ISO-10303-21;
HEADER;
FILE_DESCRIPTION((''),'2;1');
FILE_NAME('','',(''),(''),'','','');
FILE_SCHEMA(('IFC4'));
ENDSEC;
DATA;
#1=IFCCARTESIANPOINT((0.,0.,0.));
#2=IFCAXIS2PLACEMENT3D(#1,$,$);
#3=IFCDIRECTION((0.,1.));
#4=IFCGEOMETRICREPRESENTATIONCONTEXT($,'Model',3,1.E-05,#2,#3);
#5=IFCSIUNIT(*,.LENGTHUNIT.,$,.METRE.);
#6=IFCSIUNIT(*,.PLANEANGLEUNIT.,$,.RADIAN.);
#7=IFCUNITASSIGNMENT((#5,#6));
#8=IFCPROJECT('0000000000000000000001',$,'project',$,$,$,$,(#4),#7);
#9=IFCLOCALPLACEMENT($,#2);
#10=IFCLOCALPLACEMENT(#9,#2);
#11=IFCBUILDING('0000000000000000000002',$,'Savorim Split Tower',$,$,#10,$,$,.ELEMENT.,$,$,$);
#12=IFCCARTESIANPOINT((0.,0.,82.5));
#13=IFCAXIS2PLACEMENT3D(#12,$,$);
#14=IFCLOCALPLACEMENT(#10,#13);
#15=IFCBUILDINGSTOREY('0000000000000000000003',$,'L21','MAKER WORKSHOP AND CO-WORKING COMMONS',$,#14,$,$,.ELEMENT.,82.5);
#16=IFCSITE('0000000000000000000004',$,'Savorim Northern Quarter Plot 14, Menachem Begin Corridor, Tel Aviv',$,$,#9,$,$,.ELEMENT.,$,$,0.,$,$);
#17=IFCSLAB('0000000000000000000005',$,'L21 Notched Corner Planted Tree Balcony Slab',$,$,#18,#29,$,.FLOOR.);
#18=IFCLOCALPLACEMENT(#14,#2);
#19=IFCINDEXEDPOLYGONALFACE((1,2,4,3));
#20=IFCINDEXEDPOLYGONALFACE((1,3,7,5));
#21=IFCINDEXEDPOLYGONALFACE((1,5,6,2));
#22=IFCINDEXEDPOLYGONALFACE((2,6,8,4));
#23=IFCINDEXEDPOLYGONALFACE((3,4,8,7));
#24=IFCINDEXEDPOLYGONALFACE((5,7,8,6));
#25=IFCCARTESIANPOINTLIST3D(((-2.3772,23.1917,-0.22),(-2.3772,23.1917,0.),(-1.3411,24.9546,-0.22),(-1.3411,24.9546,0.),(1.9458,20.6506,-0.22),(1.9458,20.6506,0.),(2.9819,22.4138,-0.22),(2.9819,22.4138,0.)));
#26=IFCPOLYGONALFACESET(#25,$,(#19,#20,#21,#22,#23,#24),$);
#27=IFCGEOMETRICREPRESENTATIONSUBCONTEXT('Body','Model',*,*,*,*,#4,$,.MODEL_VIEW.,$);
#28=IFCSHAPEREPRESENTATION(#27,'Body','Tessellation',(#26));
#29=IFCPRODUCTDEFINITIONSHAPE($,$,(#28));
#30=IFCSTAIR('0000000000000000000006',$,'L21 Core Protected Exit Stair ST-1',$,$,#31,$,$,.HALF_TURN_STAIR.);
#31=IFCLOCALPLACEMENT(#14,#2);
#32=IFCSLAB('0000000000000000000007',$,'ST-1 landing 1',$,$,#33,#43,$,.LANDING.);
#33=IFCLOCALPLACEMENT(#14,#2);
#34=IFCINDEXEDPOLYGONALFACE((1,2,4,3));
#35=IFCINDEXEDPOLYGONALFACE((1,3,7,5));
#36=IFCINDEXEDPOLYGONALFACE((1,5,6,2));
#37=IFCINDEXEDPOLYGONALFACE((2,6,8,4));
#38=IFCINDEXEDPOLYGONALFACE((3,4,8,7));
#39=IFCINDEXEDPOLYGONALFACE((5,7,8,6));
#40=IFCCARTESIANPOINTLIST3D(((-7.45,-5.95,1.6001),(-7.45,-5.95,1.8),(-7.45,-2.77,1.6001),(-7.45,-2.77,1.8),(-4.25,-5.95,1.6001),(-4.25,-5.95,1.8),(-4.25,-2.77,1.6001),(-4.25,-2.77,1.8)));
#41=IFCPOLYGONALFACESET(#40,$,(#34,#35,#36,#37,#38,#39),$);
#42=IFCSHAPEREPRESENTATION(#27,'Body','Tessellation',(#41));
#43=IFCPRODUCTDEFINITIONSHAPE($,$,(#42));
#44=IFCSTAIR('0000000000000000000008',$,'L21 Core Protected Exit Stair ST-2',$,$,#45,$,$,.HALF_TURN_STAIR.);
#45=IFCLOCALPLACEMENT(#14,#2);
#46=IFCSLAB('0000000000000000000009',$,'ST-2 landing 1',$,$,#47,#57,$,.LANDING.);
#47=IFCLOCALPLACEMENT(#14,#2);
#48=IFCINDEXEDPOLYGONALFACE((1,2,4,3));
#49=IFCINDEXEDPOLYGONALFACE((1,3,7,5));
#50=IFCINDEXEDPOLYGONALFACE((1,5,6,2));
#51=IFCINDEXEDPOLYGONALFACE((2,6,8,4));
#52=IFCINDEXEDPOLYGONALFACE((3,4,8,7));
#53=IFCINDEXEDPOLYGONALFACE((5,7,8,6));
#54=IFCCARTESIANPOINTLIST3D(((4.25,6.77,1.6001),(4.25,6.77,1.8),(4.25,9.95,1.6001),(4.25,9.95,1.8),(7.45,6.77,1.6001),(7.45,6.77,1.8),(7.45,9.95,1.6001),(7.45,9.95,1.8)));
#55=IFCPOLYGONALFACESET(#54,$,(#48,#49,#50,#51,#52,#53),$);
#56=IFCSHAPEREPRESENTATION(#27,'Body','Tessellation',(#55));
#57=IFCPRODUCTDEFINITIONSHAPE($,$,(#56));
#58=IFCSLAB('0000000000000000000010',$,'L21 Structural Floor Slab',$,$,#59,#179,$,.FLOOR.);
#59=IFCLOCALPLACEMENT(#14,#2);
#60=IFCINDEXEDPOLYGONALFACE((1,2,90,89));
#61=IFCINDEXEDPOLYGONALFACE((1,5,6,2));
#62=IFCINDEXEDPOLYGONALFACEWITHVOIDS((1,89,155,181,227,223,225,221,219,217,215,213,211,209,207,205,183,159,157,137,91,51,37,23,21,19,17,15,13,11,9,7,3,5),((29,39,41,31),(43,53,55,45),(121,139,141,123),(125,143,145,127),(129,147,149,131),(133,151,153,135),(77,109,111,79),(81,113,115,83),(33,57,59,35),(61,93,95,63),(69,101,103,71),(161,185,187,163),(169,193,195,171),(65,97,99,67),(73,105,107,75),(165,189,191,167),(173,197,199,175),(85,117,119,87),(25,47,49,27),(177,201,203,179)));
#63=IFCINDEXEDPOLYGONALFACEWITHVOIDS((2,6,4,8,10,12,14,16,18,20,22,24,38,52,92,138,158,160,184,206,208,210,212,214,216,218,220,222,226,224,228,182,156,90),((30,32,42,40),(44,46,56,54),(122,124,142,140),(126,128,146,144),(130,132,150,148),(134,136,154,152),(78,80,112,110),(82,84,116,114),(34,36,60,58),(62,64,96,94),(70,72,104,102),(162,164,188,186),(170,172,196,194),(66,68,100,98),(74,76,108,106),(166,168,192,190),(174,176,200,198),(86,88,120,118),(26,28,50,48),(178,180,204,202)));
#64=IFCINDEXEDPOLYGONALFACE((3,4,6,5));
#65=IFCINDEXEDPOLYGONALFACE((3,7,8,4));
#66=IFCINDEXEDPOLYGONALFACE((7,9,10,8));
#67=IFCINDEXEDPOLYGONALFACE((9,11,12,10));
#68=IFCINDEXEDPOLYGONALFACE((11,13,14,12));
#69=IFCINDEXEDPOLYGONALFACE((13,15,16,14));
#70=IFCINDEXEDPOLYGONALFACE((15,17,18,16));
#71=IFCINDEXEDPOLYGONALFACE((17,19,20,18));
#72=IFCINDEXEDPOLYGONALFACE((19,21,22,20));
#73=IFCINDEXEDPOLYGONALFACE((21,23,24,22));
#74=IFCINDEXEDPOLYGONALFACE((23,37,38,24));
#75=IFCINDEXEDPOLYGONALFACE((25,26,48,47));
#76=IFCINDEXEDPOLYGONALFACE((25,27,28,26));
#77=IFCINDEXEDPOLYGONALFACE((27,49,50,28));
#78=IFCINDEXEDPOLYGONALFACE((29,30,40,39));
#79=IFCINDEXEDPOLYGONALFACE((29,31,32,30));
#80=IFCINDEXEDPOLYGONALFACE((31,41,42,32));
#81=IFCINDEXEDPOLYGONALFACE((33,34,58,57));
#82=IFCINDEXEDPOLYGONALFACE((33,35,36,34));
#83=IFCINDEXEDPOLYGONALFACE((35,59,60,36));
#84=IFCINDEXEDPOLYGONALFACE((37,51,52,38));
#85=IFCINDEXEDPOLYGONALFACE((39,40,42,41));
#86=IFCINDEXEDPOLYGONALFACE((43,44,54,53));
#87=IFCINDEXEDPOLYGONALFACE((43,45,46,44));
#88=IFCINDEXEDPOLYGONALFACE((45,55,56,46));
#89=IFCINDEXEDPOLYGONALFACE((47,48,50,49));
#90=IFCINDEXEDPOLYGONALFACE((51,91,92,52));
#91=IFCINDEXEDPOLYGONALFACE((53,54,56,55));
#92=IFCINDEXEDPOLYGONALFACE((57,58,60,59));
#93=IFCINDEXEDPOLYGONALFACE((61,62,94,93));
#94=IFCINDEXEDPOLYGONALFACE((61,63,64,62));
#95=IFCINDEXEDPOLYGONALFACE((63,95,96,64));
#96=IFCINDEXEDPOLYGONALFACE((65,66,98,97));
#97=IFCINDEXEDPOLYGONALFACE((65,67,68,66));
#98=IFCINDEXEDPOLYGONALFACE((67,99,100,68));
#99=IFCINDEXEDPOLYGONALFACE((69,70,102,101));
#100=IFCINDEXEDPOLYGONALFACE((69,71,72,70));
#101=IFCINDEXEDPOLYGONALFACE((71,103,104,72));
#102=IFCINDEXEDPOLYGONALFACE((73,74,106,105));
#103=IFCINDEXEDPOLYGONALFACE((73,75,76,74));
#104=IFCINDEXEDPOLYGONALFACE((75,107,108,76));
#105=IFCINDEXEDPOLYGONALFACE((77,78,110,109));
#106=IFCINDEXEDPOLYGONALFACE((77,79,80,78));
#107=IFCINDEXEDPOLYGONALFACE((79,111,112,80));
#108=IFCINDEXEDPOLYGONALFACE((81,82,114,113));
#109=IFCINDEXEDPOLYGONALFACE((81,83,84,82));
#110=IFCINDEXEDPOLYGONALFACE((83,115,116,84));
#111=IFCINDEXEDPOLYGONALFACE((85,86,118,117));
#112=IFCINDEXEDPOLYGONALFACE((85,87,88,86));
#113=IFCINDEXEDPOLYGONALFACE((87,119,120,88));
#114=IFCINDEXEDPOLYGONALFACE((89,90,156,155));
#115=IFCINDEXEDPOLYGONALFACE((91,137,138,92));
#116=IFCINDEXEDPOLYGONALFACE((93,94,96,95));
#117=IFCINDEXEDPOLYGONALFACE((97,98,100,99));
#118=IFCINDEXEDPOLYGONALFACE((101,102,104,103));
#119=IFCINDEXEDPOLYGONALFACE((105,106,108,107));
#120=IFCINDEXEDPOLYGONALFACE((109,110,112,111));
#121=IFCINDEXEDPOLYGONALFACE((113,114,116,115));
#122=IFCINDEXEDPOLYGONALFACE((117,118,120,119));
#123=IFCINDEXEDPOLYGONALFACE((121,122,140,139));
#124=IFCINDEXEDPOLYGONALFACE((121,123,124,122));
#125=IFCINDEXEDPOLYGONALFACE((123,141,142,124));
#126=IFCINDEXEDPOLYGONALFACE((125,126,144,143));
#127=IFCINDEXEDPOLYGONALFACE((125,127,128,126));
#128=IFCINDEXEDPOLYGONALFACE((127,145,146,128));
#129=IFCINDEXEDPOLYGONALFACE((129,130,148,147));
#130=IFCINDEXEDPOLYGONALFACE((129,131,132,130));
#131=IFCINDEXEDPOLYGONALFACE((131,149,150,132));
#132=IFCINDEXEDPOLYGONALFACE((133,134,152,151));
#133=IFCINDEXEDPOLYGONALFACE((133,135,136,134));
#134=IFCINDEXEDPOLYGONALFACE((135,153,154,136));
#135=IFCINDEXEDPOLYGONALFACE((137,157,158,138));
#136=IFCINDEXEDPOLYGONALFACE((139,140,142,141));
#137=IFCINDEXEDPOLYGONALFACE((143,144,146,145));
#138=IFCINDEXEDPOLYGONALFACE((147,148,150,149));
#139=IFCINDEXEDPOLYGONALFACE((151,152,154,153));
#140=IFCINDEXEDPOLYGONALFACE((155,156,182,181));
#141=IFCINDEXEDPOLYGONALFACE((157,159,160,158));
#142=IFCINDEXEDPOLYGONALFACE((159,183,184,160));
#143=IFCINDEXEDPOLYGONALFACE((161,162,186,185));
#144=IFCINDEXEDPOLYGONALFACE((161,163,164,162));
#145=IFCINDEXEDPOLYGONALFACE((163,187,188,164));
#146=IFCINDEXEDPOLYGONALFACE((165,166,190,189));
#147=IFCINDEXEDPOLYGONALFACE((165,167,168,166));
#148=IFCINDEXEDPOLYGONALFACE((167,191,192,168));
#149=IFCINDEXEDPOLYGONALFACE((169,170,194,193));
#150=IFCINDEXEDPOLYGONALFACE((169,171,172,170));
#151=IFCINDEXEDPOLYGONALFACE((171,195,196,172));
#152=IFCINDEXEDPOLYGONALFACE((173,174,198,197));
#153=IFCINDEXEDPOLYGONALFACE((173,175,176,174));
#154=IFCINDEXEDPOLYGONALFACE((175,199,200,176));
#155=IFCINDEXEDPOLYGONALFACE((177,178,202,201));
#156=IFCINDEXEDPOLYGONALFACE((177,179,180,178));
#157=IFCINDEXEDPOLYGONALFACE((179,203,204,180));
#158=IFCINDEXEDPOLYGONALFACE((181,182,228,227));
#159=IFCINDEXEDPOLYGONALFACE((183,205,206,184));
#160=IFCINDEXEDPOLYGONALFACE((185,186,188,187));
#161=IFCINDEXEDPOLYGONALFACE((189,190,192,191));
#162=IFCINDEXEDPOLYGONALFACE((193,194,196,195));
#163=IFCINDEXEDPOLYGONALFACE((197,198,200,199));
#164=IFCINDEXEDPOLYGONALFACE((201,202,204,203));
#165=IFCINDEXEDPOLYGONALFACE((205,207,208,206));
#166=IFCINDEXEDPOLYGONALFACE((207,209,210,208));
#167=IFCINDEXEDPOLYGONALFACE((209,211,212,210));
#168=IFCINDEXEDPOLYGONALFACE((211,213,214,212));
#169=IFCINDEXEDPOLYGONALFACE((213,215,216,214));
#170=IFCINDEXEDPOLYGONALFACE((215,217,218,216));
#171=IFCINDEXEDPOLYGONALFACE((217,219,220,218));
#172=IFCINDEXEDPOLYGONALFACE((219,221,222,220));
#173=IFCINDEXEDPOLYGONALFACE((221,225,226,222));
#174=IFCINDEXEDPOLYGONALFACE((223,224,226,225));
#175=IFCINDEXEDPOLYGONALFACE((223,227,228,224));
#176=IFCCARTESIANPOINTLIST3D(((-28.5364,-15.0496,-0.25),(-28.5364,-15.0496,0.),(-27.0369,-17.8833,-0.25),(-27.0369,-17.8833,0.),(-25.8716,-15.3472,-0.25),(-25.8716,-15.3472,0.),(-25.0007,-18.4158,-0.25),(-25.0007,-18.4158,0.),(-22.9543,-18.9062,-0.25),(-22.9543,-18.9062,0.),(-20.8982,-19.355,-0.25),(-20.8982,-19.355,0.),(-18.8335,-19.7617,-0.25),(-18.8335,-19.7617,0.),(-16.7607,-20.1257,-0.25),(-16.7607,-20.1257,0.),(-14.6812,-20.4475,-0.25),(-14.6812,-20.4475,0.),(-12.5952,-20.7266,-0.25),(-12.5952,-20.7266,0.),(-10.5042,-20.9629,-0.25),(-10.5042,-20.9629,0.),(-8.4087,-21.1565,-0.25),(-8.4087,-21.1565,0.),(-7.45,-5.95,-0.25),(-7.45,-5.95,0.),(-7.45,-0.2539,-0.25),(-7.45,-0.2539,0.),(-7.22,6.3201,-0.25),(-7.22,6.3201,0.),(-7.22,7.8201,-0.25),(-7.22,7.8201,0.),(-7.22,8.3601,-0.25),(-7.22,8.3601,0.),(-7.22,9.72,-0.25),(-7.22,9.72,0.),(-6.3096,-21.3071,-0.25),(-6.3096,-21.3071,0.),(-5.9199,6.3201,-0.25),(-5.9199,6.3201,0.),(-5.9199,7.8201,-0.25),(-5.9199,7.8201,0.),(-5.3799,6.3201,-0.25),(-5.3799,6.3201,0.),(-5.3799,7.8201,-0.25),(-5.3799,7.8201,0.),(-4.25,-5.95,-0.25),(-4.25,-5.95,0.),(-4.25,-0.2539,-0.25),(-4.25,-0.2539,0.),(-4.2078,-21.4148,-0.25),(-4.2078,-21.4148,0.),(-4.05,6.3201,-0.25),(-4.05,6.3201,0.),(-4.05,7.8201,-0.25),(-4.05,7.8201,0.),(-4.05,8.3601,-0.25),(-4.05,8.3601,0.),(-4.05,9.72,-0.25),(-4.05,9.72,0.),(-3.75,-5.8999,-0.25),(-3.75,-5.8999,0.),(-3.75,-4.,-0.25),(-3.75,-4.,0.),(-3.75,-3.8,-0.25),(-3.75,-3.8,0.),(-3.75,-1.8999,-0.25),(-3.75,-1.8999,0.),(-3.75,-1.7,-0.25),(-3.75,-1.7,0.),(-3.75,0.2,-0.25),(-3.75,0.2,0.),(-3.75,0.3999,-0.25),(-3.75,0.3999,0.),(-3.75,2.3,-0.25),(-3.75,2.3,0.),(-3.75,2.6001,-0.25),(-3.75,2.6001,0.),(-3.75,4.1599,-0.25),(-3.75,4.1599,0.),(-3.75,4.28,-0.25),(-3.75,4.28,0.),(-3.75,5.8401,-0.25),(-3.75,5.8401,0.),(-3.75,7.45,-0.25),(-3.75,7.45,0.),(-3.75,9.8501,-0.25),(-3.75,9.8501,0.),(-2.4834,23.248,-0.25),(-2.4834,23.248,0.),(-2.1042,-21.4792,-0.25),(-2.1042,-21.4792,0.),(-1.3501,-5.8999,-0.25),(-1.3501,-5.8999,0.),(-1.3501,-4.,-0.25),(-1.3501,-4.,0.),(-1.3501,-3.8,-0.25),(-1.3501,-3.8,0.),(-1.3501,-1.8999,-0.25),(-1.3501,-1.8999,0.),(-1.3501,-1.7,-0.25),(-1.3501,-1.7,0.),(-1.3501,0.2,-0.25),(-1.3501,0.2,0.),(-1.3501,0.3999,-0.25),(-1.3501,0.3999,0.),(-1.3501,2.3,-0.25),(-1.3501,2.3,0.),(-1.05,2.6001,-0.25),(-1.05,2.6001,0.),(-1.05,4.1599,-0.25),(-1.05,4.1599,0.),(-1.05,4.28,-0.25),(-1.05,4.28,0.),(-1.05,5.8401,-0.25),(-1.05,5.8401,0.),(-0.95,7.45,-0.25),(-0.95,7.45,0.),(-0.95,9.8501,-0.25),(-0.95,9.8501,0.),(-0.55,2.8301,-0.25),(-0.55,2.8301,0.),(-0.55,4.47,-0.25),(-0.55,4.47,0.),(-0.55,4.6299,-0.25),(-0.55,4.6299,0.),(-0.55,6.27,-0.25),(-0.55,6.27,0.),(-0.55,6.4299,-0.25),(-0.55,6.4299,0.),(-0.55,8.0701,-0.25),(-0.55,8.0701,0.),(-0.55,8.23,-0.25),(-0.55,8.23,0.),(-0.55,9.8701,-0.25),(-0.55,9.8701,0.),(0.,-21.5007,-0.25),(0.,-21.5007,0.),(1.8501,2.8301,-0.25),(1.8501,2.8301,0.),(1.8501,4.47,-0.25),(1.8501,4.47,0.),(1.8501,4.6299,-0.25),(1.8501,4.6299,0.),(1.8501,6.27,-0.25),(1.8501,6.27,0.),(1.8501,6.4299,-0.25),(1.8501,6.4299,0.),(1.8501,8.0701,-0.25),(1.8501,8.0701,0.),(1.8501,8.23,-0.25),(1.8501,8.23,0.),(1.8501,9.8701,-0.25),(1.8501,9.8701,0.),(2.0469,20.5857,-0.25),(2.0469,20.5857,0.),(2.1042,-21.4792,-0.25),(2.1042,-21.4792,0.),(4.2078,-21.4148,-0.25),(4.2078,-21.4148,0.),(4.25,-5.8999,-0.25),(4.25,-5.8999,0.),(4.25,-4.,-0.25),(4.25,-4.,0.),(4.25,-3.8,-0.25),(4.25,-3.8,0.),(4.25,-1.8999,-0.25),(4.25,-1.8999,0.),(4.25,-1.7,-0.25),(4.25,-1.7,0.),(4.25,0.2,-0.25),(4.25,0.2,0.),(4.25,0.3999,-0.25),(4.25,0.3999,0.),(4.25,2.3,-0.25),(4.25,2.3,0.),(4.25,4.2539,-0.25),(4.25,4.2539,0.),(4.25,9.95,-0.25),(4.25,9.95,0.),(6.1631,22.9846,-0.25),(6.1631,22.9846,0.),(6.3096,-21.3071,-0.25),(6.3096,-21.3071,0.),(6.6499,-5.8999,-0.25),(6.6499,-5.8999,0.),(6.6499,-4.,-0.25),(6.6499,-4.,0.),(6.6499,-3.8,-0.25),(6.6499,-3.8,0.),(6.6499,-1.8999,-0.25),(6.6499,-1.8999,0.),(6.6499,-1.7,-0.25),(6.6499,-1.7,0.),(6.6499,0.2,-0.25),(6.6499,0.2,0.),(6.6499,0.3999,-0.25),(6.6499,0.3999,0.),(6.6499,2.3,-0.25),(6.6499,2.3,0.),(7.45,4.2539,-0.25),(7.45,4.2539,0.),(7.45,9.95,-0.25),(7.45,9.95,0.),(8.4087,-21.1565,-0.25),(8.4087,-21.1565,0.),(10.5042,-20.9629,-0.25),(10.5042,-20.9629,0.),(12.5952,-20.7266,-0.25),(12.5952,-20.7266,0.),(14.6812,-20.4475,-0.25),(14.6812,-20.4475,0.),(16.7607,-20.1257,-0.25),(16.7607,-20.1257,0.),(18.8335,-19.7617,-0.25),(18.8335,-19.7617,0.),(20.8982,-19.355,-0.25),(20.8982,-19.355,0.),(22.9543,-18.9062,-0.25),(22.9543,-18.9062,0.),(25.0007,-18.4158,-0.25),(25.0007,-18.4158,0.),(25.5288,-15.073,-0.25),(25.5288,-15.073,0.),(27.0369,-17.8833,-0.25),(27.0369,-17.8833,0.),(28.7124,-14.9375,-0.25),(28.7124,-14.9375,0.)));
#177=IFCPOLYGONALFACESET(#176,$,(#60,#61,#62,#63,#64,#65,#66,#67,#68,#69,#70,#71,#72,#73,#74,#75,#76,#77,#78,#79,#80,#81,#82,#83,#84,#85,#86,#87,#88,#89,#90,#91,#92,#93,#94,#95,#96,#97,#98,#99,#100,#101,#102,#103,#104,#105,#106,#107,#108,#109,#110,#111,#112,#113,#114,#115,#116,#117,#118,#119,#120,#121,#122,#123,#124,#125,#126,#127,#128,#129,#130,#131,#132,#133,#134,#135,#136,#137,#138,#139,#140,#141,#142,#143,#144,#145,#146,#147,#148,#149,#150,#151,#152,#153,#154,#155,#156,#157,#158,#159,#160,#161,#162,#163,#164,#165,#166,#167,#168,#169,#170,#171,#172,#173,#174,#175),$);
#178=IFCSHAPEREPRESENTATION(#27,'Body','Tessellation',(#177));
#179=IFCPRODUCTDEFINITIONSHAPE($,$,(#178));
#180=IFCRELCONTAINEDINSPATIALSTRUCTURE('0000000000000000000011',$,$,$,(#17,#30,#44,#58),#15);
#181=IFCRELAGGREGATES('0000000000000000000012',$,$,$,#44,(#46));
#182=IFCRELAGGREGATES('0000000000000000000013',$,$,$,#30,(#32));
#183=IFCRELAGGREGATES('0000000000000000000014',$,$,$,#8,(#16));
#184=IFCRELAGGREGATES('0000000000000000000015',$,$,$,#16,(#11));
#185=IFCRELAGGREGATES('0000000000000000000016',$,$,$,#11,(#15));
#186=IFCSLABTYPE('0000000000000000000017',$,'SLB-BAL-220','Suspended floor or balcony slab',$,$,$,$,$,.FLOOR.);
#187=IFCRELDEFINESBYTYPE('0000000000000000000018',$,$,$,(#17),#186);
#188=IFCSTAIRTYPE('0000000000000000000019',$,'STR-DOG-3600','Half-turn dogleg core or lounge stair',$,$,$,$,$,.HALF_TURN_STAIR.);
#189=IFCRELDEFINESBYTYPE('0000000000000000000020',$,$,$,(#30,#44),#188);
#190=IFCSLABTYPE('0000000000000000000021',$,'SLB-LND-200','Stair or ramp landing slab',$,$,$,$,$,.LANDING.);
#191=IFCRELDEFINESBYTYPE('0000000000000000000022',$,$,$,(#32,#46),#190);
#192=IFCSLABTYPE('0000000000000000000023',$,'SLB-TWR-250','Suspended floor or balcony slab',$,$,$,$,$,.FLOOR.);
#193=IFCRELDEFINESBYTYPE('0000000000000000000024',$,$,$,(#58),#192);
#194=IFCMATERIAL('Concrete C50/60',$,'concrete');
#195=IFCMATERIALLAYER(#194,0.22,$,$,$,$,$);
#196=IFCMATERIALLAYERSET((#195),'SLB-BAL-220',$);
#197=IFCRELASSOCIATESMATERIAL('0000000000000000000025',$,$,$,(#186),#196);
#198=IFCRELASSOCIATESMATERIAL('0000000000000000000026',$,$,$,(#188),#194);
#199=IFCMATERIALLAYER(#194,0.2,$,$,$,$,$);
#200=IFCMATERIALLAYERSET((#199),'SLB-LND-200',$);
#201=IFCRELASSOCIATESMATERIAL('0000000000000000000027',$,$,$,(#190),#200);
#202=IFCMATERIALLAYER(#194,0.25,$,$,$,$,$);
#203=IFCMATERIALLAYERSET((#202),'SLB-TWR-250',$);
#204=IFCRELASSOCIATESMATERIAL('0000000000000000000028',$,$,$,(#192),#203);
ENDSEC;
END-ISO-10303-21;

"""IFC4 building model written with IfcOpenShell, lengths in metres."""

from ifc_helpers import new_model, si_unit, direction, frame, origin, place, context, subcontext, project, spatial, polyline, outline, extrude, material, layer, layer_set, type_object, element, aggregate, save


model = new_model("IFC4")

# Units and contexts
model_context = context("Model", 3, precision=1e-05, world=origin(), true_north=direction((0.0, 1.0)))
body_context = subcontext(model_context, "Body", "Model", "MODEL_VIEW")
ifc_project = project(units=[si_unit("LENGTHUNIT", "METRE"), si_unit("PLANEANGLEUNIT", "RADIAN")], contexts=[model_context])

# Site, building, storey
site_placement = place(None, origin())
site = spatial("IfcSite", under=ifc_project, at=site_placement, Name="Savorim Northern Quarter Plot 14, Menachem Begin Corridor, Tel Aviv", CompositionType="ELEMENT", RefElevation=0.0)
building_placement = place(site_placement, origin())
building = spatial("IfcBuilding", under=site, at=building_placement, Name="Savorim Split Tower", CompositionType="ELEMENT")
storey_placement = place(building_placement, frame((0.0, 0.0, 82.5)))
storey = spatial("IfcBuildingStorey", under=building, at=storey_placement, Name="L21", Description="MAKER WORKSHOP AND CO-WORKING COMMONS", CompositionType="ELEMENT", Elevation=82.5)

# Slab
ifc_material_1 = material(Name="Concrete C50/60", Category="concrete")
ifc_layer_1 = layer(ifc_material_1, 0.22)
ifc_layer_set_1 = layer_set([ifc_layer_1], Name="SLB-BAL-220")
slab_type_1 = type_object("IfcSlabType", Name="SLB-BAL-220", Description="Suspended floor or balcony slab", PredefinedType="FLOOR", material=ifc_layer_set_1)
slab_1_placement = place(storey_placement, frame((0.0, 0.0, -0.22)))
element("IfcSlab", 1, at=slab_1_placement, inside=storey, type_object=slab_type_1, Name="L21 Notched Corner Planted Tree Balcony Slab", PredefinedType="FLOOR", context=body_context, shape_type="SweptSolid", body=[
    extrude(outline(polyline([(-2.3772, 23.1917), (1.9458, 20.6506), (2.9819, 22.4138), (-1.3411, 24.9546), (-2.3772, 23.1917)])), origin(), (0.0, 0.0, 1.0), 0.22),
])

# Stairs, slabs
stair_type = type_object("IfcStairType", Name="STR-DOG-3600", Description="Half-turn dogleg core or lounge stair", PredefinedType="HALF_TURN_STAIR", material=ifc_material_1)
stair_1_placement = place(storey_placement, origin())
stair_1 = element("IfcStair", 2, at=stair_1_placement, inside=storey, type_object=stair_type, Name="L21 Core Protected Exit Stair ST-1", PredefinedType="HALF_TURN_STAIR")
ifc_layer_2 = layer(ifc_material_1, 0.2)
ifc_layer_set_2 = layer_set([ifc_layer_2], Name="SLB-LND-200")
slab_type_2 = type_object("IfcSlabType", Name="SLB-LND-200", Description="Stair or ramp landing slab", PredefinedType="LANDING", material=ifc_layer_set_2)
slab_2_placement = place(storey_placement, frame((0.0, 0.0, 1.6001)))
slab_2 = element("IfcSlab", 3, at=slab_2_placement, type_object=slab_type_2, Name="ST-1 landing 1", PredefinedType="LANDING", context=body_context, shape_type="SweptSolid", body=[
    extrude(outline(polyline([(-7.45, -2.77), (-7.45, -5.95), (-4.25, -5.95), (-4.25, -2.77), (-7.45, -2.77)])), origin(), (0.0, 0.0, 1.0), 0.2),
])
stair_2_placement = place(storey_placement, origin())
stair_2 = element("IfcStair", 4, at=stair_2_placement, inside=storey, type_object=stair_type, Name="L21 Core Protected Exit Stair ST-2", PredefinedType="HALF_TURN_STAIR")
slab_3_placement = place(storey_placement, frame((0.0, 0.0, 1.6001)))
slab_3 = element("IfcSlab", 5, at=slab_3_placement, type_object=slab_type_2, Name="ST-2 landing 1", PredefinedType="LANDING", context=body_context, shape_type="SweptSolid", body=[
    extrude(outline(polyline([(7.45, 6.77), (7.45, 9.95), (4.25, 9.95), (4.25, 6.77), (7.45, 6.77)])), origin(), (0.0, 0.0, 1.0), 0.2),
])
aggregate(stair_2, [slab_3])

# Slab
ifc_layer_3 = layer(ifc_material_1, 0.25)
ifc_layer_set_3 = layer_set([ifc_layer_3], Name="SLB-TWR-250")
slab_type_3 = type_object("IfcSlabType", Name="SLB-TWR-250", Description="Suspended floor or balcony slab", PredefinedType="FLOOR", material=ifc_layer_set_3)
slab_4_placement = place(storey_placement, frame((0.0, 0.0, -0.25)))
element("IfcSlab", 6, at=slab_4_placement, inside=storey, type_object=slab_type_3, Name="L21 Structural Floor Slab", PredefinedType="FLOOR", context=body_context, shape_type="SweptSolid", body=[
    extrude(outline(polyline([(-27.0369, -17.8833), (-25.0007, -18.4158), (-22.9543, -18.9062), (-20.8982, -19.355), (-18.8335, -19.7617), (-16.7607, -20.1257), (-14.6812, -20.4475), (-12.5952, -20.7266), (-10.5042, -20.9629), (-8.4087, -21.1565), (-6.3096, -21.3071), (-4.2078, -21.4148), (-2.1042, -21.4792), (0.0, -21.5007), (2.1042, -21.4792), (4.2078, -21.4148), (6.3096, -21.3071), (8.4087, -21.1565), (10.5042, -20.9629), (12.5952, -20.7266), (14.6812, -20.4475), (16.7607, -20.1257), (18.8335, -19.7617), (20.8982, -19.355), (22.9543, -18.9062), (25.0007, -18.4158), (27.0369, -17.8833), (25.5288, -15.073), (28.7124, -14.9375), (6.1631, 22.9846), (2.0469, 20.5857), (-2.4834, 23.248), (-28.5364, -15.0496), (-25.8716, -15.3472), (-27.0369, -17.8833)]), holes=[polyline([(-7.45, -0.2539), (-7.45, -5.95), (-4.25, -5.95), (-4.25, -0.2539), (-7.45, -0.2539)]), polyline([(7.45, 4.2539), (7.45, 9.95), (4.25, 9.95), (4.25, 4.2539), (7.45, 4.2539)]), polyline([(4.25, -5.8999), (6.6499, -5.8999), (6.6499, -4.0), (4.25, -4.0), (4.25, -5.8999)]), polyline([(4.25, -3.8), (6.6499, -3.8), (6.6499, -1.8999), (4.25, -1.8999), (4.25, -3.8)]), polyline([(4.25, -1.7), (6.6499, -1.7), (6.6499, 0.2), (4.25, 0.2), (4.25, -1.7)]), polyline([(4.25, 0.3999), (6.6499, 0.3999), (6.6499, 2.3), (4.25, 2.3), (4.25, 0.3999)]), polyline([(-3.75, -5.8999), (-1.3501, -5.8999), (-1.3501, -4.0), (-3.75, -4.0), (-3.75, -5.8999)]), polyline([(-3.75, -3.8), (-1.3501, -3.8), (-1.3501, -1.8999), (-3.75, -1.8999), (-3.75, -3.8)]), polyline([(-3.75, -1.7), (-1.3501, -1.7), (-1.3501, 0.2), (-3.75, 0.2), (-3.75, -1.7)]), polyline([(-3.75, 0.3999), (-1.3501, 0.3999), (-1.3501, 2.3), (-3.75, 2.3), (-3.75, 0.3999)]), polyline([(-0.55, 2.8301), (1.8501, 2.8301), (1.8501, 4.47), (-0.55, 4.47), (-0.55, 2.8301)]), polyline([(-0.55, 4.6299), (1.8501, 4.6299), (1.8501, 6.27), (-0.55, 6.27), (-0.55, 4.6299)]), polyline([(-0.55, 6.4299), (1.8501, 6.4299), (1.8501, 8.0701), (-0.55, 8.0701), (-0.55, 6.4299)]), polyline([(-0.55, 8.23), (1.8501, 8.23), (1.8501, 9.8701), (-0.55, 9.8701), (-0.55, 8.23)]), polyline([(-3.75, 2.6001), (-1.05, 2.6001), (-1.05, 4.1599), (-3.75, 4.1599), (-3.75, 2.6001)]), polyline([(-3.75, 4.28), (-1.05, 4.28), (-1.05, 5.8401), (-3.75, 5.8401), (-3.75, 4.28)]), polyline([(-3.75, 7.45), (-0.95, 7.45), (-0.95, 9.8501), (-3.75, 9.8501), (-3.75, 7.45)]), polyline([(-7.22, 6.3201), (-5.9199, 6.3201), (-5.9199, 7.8201), (-7.22, 7.8201), (-7.22, 6.3201)]), polyline([(-5.3799, 6.3201), (-4.05, 6.3201), (-4.05, 7.8201), (-5.3799, 7.8201), (-5.3799, 6.3201)]), polyline([(-7.22, 8.3601), (-4.05, 8.3601), (-4.05, 9.72), (-7.22, 9.72), (-7.22, 8.3601)])]), origin(), (0.0, 0.0, 1.0), 0.25),
])

aggregate(stair_1, [slab_2])

save(model, "model.ifc")
